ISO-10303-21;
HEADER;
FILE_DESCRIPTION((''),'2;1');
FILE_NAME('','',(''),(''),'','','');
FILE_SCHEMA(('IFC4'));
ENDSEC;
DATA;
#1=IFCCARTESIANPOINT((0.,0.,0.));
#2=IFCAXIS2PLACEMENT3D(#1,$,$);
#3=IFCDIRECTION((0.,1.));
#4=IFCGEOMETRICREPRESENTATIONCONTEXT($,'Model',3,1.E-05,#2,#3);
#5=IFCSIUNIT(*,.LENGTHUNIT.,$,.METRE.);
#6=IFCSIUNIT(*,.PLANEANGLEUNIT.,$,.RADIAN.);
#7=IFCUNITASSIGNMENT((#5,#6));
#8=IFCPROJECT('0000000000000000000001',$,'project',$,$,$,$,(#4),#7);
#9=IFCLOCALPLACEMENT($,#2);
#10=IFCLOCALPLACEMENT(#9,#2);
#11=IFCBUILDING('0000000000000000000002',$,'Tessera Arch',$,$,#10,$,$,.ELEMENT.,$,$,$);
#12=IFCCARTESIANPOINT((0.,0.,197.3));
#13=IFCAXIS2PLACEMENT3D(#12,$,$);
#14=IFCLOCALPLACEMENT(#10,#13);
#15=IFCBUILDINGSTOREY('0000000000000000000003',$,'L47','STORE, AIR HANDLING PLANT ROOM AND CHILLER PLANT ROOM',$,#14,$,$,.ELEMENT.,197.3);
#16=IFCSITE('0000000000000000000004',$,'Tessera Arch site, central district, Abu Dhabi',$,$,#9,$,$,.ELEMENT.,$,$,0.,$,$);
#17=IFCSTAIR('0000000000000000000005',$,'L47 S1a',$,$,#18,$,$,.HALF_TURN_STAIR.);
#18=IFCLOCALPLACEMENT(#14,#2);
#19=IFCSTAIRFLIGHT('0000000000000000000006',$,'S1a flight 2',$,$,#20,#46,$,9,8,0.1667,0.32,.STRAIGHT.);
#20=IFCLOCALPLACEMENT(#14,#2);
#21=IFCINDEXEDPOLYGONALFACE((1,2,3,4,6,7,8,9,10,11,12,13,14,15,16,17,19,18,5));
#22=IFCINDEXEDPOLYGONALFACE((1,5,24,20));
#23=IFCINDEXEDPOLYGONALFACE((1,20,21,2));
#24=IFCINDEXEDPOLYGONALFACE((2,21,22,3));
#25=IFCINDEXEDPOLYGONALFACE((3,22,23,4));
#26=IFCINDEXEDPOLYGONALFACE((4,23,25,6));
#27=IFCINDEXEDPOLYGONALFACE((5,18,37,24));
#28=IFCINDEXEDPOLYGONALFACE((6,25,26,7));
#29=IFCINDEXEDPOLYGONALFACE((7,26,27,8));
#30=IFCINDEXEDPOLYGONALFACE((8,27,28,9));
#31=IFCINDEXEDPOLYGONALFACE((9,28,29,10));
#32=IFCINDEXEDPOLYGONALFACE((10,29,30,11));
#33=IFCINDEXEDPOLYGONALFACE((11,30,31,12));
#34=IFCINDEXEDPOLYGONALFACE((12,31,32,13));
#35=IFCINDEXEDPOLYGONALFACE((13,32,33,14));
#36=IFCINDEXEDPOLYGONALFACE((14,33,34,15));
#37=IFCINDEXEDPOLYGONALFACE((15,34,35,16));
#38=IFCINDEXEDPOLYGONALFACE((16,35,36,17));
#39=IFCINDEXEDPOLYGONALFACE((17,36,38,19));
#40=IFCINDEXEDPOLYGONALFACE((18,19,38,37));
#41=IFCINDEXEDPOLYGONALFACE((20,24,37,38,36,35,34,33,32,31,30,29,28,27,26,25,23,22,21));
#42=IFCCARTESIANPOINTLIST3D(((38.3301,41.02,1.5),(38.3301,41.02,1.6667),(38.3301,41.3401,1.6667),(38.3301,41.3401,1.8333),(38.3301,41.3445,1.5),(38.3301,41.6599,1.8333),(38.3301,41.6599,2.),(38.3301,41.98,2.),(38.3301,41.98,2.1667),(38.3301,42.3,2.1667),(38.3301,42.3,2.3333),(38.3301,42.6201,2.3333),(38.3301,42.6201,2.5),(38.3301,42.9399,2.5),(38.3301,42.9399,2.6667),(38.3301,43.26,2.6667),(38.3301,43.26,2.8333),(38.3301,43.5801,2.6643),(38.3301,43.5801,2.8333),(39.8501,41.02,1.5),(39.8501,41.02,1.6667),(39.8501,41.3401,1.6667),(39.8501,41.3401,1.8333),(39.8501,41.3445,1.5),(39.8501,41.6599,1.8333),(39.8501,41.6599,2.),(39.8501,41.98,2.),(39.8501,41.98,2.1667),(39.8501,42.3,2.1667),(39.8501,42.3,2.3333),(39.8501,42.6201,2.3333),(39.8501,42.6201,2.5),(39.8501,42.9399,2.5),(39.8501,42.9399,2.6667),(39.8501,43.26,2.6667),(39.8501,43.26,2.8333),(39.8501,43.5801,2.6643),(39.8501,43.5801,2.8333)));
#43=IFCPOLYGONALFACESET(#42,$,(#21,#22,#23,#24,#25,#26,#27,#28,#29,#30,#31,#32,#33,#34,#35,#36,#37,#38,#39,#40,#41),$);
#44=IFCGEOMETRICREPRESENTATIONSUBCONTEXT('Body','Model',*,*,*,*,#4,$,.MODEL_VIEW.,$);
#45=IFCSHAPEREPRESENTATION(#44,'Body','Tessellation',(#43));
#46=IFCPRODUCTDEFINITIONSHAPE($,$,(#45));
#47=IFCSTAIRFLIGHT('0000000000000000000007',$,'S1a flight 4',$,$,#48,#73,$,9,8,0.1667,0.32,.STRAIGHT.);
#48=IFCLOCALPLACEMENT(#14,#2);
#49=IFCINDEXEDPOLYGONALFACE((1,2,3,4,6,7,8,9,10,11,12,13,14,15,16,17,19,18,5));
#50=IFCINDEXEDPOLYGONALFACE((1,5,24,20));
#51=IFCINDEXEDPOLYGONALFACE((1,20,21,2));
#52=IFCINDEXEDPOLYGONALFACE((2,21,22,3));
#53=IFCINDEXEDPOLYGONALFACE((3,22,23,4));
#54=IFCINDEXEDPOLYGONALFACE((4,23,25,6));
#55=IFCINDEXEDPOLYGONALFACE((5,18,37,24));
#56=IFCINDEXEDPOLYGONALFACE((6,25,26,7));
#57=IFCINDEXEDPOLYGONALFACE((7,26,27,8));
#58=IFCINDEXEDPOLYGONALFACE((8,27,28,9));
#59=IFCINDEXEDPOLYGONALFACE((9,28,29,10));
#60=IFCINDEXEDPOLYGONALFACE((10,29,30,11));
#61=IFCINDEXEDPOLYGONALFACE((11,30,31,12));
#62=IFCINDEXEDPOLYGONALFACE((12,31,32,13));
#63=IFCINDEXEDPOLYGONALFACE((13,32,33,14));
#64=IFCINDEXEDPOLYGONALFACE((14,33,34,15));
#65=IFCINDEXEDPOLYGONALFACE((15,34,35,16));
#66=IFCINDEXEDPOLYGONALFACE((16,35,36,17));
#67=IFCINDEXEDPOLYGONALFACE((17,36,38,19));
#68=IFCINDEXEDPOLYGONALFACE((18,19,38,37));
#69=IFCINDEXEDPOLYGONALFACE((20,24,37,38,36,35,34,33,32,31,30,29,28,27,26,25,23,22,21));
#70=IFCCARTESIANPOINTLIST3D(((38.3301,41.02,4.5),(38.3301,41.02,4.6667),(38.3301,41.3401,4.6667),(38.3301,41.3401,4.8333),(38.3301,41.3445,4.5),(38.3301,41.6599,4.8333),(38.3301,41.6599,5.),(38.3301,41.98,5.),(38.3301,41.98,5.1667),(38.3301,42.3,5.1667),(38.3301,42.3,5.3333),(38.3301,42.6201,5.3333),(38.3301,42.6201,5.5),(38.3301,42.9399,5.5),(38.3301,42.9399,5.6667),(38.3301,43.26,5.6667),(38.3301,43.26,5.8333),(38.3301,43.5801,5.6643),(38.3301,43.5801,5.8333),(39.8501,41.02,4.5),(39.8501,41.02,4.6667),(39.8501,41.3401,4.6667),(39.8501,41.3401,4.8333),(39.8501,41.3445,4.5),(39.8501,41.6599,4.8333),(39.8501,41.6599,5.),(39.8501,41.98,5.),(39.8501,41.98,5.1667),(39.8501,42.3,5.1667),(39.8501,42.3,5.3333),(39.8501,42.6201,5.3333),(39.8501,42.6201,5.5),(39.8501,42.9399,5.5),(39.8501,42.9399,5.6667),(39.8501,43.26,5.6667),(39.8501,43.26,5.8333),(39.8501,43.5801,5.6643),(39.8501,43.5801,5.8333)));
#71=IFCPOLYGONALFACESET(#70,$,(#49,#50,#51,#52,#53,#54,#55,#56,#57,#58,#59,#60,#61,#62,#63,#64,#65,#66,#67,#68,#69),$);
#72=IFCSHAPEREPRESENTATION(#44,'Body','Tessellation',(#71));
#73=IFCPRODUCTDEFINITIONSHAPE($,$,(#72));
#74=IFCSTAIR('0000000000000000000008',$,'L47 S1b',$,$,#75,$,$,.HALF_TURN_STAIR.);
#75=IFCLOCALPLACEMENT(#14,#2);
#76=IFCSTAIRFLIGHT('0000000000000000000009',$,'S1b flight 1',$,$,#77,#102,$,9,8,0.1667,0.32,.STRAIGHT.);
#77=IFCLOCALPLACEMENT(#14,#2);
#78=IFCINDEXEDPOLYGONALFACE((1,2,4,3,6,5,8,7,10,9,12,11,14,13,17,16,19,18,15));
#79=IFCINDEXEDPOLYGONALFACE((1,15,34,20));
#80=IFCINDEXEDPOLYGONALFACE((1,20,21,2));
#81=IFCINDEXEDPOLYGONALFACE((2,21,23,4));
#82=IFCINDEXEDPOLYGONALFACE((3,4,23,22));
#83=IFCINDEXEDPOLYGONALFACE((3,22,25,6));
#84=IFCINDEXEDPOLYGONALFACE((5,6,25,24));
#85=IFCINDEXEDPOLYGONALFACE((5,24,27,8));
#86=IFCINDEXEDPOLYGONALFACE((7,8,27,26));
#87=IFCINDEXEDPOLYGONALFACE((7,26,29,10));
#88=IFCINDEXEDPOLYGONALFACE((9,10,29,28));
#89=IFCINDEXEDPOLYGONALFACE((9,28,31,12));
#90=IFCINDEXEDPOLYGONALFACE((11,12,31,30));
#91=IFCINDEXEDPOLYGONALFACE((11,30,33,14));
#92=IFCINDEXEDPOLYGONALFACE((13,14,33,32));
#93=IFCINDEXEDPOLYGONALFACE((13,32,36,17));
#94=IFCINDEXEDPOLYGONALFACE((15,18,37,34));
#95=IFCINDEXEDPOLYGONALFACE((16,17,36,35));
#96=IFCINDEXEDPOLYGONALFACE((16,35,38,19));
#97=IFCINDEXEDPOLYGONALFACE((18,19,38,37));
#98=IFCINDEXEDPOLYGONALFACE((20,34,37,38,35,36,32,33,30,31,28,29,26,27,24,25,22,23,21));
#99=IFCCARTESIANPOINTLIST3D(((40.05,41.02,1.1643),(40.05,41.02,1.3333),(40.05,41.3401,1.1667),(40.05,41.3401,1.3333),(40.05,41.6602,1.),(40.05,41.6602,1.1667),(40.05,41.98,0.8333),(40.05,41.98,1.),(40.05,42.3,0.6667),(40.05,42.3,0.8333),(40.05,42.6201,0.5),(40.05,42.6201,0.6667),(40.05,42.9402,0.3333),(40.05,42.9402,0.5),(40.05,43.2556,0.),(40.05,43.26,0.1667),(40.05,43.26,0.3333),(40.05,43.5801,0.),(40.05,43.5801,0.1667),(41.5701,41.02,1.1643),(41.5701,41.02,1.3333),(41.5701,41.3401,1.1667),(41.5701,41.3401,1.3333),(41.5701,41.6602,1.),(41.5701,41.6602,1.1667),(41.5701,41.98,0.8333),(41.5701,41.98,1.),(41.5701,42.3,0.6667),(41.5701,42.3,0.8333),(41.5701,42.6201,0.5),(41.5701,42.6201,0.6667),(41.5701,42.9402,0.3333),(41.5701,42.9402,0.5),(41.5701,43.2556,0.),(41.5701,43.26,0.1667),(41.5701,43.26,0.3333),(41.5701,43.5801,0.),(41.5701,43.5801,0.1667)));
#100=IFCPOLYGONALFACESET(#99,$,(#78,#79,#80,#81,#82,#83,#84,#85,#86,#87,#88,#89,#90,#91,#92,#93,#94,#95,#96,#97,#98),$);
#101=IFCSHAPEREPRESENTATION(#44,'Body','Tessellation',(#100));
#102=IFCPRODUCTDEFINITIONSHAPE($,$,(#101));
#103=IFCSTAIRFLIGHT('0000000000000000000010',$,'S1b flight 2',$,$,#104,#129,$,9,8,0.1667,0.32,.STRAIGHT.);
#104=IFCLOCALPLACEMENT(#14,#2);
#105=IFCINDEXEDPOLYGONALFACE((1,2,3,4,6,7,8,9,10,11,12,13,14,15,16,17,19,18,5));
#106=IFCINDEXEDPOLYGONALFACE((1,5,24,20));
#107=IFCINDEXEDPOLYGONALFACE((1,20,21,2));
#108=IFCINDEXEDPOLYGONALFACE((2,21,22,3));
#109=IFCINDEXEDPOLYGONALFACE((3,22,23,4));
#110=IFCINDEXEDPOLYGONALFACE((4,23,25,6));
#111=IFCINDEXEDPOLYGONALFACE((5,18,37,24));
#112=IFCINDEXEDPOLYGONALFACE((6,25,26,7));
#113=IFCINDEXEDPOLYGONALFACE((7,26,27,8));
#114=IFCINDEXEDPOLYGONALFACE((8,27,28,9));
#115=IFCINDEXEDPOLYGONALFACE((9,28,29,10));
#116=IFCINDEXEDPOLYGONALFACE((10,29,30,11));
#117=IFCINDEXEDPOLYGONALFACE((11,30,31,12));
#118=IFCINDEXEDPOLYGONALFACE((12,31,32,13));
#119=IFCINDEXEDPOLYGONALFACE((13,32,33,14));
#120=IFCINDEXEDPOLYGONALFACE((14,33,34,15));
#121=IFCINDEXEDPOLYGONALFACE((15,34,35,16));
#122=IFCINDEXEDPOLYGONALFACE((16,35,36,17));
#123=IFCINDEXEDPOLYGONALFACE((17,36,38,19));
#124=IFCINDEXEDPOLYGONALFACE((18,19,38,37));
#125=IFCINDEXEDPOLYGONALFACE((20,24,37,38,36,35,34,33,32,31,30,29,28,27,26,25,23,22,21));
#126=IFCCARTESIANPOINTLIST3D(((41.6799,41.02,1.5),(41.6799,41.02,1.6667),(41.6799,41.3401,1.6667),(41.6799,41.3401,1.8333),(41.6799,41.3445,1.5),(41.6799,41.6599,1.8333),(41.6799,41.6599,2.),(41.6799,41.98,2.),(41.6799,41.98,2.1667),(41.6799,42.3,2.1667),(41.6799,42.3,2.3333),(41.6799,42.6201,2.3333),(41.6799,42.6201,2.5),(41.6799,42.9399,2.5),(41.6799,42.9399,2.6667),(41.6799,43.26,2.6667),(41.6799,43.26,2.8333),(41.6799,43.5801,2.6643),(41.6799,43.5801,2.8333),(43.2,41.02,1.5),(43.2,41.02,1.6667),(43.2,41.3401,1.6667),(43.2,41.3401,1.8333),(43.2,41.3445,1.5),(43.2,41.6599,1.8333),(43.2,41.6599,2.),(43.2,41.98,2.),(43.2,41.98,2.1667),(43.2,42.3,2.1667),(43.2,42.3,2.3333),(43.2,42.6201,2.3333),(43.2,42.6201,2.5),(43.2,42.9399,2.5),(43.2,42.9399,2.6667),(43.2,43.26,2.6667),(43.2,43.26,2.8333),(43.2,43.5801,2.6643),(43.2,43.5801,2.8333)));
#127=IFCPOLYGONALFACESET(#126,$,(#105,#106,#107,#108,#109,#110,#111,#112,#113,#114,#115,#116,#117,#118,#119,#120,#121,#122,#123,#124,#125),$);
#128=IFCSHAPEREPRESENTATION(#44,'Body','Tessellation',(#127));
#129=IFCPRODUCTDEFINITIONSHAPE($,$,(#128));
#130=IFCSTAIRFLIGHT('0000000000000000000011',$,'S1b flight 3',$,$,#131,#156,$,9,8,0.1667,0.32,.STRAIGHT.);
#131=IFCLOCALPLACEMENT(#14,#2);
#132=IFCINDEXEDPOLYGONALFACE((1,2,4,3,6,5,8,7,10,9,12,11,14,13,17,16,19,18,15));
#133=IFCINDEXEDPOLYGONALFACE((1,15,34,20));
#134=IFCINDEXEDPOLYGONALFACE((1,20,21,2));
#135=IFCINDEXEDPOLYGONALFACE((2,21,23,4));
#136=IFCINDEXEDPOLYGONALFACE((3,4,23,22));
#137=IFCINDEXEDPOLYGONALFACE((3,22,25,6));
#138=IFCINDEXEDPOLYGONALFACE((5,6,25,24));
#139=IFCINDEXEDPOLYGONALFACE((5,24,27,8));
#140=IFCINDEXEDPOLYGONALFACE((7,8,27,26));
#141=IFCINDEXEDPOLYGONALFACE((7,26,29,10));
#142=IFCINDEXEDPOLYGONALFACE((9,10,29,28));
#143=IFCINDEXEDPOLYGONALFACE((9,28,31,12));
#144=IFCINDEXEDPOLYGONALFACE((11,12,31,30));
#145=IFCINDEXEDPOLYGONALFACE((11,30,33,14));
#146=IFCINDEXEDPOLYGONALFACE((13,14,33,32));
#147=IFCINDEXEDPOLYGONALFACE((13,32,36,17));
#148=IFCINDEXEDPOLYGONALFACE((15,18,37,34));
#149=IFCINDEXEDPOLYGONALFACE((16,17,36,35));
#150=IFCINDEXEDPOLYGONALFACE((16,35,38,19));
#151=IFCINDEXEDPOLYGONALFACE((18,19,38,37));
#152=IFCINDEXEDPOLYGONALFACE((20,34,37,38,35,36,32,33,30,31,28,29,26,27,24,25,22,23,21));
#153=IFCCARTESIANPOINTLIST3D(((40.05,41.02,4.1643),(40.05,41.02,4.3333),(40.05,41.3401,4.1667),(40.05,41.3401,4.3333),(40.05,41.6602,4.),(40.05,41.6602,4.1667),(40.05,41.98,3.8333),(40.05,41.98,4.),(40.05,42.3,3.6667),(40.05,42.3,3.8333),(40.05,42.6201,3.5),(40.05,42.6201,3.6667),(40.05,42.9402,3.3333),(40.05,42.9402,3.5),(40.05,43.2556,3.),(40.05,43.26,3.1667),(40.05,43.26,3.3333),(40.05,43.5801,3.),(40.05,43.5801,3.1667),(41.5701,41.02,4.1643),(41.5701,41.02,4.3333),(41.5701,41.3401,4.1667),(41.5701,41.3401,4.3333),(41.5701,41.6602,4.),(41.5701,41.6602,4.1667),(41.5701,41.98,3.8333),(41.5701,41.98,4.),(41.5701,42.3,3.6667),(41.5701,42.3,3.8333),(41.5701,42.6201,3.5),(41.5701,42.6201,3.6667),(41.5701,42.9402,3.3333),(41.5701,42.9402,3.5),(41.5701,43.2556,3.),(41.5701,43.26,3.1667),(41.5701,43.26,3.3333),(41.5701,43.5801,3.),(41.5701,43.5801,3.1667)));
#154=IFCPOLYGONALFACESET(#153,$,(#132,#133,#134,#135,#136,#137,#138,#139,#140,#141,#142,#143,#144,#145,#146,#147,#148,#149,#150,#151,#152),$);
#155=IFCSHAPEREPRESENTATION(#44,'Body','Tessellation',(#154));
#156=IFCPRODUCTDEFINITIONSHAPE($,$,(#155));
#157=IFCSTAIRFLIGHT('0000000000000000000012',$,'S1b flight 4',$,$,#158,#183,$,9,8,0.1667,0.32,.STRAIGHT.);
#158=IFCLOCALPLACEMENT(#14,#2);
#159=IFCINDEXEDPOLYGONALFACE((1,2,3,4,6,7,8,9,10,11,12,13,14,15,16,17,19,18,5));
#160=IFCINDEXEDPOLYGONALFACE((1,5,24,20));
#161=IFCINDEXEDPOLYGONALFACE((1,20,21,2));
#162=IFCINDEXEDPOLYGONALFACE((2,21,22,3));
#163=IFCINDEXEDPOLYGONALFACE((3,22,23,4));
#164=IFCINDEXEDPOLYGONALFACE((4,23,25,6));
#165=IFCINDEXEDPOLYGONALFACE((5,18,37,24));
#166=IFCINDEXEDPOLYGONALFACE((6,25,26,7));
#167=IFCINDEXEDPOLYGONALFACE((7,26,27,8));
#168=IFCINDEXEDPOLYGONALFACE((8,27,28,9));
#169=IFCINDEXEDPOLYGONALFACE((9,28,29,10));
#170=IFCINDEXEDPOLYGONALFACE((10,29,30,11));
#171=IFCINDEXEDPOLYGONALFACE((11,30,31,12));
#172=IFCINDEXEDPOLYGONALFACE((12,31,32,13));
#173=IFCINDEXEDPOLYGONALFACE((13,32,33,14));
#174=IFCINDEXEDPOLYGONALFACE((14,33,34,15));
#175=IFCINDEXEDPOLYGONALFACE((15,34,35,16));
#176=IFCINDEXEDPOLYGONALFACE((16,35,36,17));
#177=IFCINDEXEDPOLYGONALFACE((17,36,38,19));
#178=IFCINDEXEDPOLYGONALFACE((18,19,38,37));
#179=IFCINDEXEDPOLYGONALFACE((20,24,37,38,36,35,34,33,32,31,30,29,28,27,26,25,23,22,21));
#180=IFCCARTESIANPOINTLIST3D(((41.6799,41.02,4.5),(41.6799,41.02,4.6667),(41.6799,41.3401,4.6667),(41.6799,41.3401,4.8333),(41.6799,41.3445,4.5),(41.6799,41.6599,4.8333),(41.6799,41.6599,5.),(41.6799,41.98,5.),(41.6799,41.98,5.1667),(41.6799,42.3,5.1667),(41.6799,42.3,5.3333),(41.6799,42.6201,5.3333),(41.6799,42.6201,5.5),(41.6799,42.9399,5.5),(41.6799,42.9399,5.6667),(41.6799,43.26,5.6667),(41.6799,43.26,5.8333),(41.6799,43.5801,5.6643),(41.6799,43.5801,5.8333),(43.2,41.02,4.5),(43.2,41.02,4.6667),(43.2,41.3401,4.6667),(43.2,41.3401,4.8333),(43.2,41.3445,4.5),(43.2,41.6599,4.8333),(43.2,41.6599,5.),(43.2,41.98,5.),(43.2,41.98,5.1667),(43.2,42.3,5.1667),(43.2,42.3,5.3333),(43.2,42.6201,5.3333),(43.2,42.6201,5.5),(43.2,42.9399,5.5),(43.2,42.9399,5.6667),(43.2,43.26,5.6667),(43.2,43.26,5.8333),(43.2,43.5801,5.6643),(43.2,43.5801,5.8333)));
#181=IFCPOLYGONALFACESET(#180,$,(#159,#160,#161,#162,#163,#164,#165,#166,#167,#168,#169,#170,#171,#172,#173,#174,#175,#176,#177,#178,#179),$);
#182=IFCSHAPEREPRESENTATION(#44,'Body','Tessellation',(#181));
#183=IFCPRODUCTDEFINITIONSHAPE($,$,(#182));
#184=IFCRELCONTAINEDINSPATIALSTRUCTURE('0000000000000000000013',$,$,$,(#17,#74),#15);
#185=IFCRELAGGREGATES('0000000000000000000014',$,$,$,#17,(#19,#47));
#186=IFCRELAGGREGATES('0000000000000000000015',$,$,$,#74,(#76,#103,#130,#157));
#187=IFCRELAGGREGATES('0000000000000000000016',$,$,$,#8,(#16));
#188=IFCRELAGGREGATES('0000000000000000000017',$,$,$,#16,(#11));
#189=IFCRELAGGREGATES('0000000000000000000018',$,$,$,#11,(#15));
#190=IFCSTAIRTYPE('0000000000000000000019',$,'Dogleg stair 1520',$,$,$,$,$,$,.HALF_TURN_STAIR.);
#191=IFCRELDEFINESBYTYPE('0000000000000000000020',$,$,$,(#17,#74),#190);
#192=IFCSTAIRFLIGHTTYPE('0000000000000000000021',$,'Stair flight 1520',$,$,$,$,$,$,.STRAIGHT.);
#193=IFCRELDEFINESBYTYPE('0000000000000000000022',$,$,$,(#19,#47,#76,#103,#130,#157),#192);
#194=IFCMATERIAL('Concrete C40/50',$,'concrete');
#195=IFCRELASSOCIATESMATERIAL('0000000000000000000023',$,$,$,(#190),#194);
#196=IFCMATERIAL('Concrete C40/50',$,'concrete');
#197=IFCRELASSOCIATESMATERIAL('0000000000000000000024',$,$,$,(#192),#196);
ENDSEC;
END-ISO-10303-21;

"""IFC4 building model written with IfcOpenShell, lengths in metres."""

from ifc_helpers import new_model, si_unit, direction, frame, origin, place, context, subcontext, project, spatial, polyline, outline, extrude, material, type_object, element, aggregate, save


model = new_model("IFC4")

# Units and contexts
model_context = context("Model", 3, precision=1e-05, world=origin(), true_north=direction((0.0, 1.0)))
body_context = subcontext(model_context, "Body", "Model", "MODEL_VIEW")
ifc_project = project(units=[si_unit("LENGTHUNIT", "METRE"), si_unit("PLANEANGLEUNIT", "RADIAN")], contexts=[model_context])

# Site, building, storey
site_placement = place(None, origin())
site = spatial("IfcSite", under=ifc_project, at=site_placement, Name="Tessera Arch site, central district, Abu Dhabi", CompositionType="ELEMENT", RefElevation=0.0)
building_placement = place(site_placement, origin())
building = spatial("IfcBuilding", under=site, at=building_placement, Name="Tessera Arch", CompositionType="ELEMENT")
storey_placement = place(building_placement, frame((0.0, 0.0, 197.3)))
storey = spatial("IfcBuildingStorey", under=building, at=storey_placement, Name="L47", Description="STORE, AIR HANDLING PLANT ROOM AND CHILLER PLANT ROOM", CompositionType="ELEMENT", Elevation=197.3)

# Stairs, stair flights
ifc_material_1 = material(Name="Concrete C40/50", Category="concrete")
stair_type = type_object("IfcStairType", Name="Dogleg stair 1520", PredefinedType="HALF_TURN_STAIR", material=ifc_material_1)
stair_1_placement = place(storey_placement, origin())
stair_1 = element("IfcStair", 1, at=stair_1_placement, inside=storey, type_object=stair_type, Name="L47 S1a", PredefinedType="HALF_TURN_STAIR")
ifc_material_2 = material(Name="Concrete C40/50", Category="concrete")
stair_flight_type = type_object("IfcStairFlightType", Name="Stair flight 1520", PredefinedType="STRAIGHT", material=ifc_material_2)
stair_flight_1_placement = place(storey_placement, frame((39.0901, 41.02, 1.5), z_axis=(0.0, 0.0, 1.0), x_axis=(0.0, 1.0, 0.0)))
stair_flight_1 = element("IfcStairFlight", 2, at=stair_flight_1_placement, type_object=stair_flight_type, Name="S1a flight 2", NumberOfRisers=9, NumberOfTreads=8, PredefinedType="STRAIGHT", RiserHeight=0.1667, TreadLength=0.32, context=body_context, shape_type="SweptSolid", body=[
    extrude(outline(polyline([(0.0, 0.0), (0.0, 0.1667), (0.3201, 0.1667), (0.3201, 0.3333), (0.6399, 0.3333), (0.6399, 0.5), (0.96, 0.5), (0.96, 0.6667), (1.28, 0.6667), (1.28, 0.8333), (1.6001, 0.8333), (1.6001, 1.0), (1.9199, 1.0), (1.9199, 1.1667), (2.24, 1.1667), (2.24, 1.3333), (2.5601, 1.3333), (2.5601, 1.5), (2.5601, 1.1643), (0.3245, 0.0), (0.0, 0.0)])), frame((0.0, 0.76, 0.0), z_axis=(0.0, -1.0, 0.0), x_axis=(1.0, 0.0, 0.0)), (0.0, 0.0, 1.0), 1.52),
])
stair_flight_2_placement = place(storey_placement, frame((39.0901, 41.02, 4.5), z_axis=(0.0, 0.0, 1.0), x_axis=(0.0, 1.0, 0.0)))
stair_flight_2 = element("IfcStairFlight", 3, at=stair_flight_2_placement, type_object=stair_flight_type, Name="S1a flight 4", NumberOfRisers=9, NumberOfTreads=8, PredefinedType="STRAIGHT", RiserHeight=0.1667, TreadLength=0.32, context=body_context, shape_type="SweptSolid", body=[
    extrude(outline(polyline([(0.0, 0.0), (0.0, 0.1667), (0.3201, 0.1667), (0.3201, 0.3333), (0.6399, 0.3333), (0.6399, 0.5), (0.96, 0.5), (0.96, 0.6667), (1.28, 0.6667), (1.28, 0.8333), (1.6001, 0.8333), (1.6001, 1.0), (1.9199, 1.0), (1.9199, 1.1667), (2.24, 1.1667), (2.24, 1.3333), (2.5601, 1.3333), (2.5601, 1.5), (2.5601, 1.1643), (0.3245, 0.0), (0.0, 0.0)])), frame((0.0, 0.76, 0.0), z_axis=(0.0, -1.0, 0.0), x_axis=(1.0, 0.0, 0.0)), (0.0, 0.0, 1.0), 1.52),
])
aggregate(stair_1, [stair_flight_1, stair_flight_2])
stair_2_placement = place(storey_placement, origin())
stair_2 = element("IfcStair", 4, at=stair_2_placement, inside=storey, type_object=stair_type, Name="L47 S1b", PredefinedType="HALF_TURN_STAIR")
stair_flight_3_placement = place(storey_placement, frame((40.8101, 43.5801, 0.0), z_axis=(0.0, 0.0, 1.0), x_axis=(0.0, -1.0, 0.0)))
stair_flight_3 = element("IfcStairFlight", 5, at=stair_flight_3_placement, type_object=stair_flight_type, Name="S1b flight 1", NumberOfRisers=9, NumberOfTreads=8, PredefinedType="STRAIGHT", RiserHeight=0.1667, TreadLength=0.32, context=body_context, shape_type="SweptSolid", body=[
    extrude(outline(polyline([(0.0, 0.0), (0.0, 0.1667), (0.3201, 0.1667), (0.3201, 0.3333), (0.6399, 0.3333), (0.6399, 0.5), (0.96, 0.5), (0.96, 0.6667), (1.28, 0.6667), (1.28, 0.8333), (1.6001, 0.8333), (1.6001, 1.0), (1.9199, 1.0), (1.9199, 1.1667), (2.24, 1.1667), (2.24, 1.3333), (2.5601, 1.3333), (2.5601, 1.5), (2.5601, 1.1643), (0.3245, 0.0), (0.0, 0.0)])), frame((0.0, 0.76, 0.0), z_axis=(0.0, -1.0, 0.0), x_axis=(1.0, 0.0, 0.0)), (0.0, 0.0, 1.0), 1.52),
])
stair_flight_4_placement = place(storey_placement, frame((42.4399, 41.02, 1.5), z_axis=(0.0, 0.0, 1.0), x_axis=(0.0, 1.0, 0.0)))
stair_flight_4 = element("IfcStairFlight", 6, at=stair_flight_4_placement, type_object=stair_flight_type, Name="S1b flight 2", NumberOfRisers=9, NumberOfTreads=8, PredefinedType="STRAIGHT", RiserHeight=0.1667, TreadLength=0.32, context=body_context, shape_type="SweptSolid", body=[
    extrude(outline(polyline([(0.0, 0.0), (0.0, 0.1667), (0.3201, 0.1667), (0.3201, 0.3333), (0.6399, 0.3333), (0.6399, 0.5), (0.96, 0.5), (0.96, 0.6667), (1.28, 0.6667), (1.28, 0.8333), (1.6001, 0.8333), (1.6001, 1.0), (1.9199, 1.0), (1.9199, 1.1667), (2.24, 1.1667), (2.24, 1.3333), (2.5601, 1.3333), (2.5601, 1.5), (2.5601, 1.1643), (0.3245, 0.0), (0.0, 0.0)])), frame((0.0, 0.76, 0.0), z_axis=(0.0, -1.0, 0.0), x_axis=(1.0, 0.0, 0.0)), (0.0, 0.0, 1.0), 1.52),
])
stair_flight_5_placement = place(storey_placement, frame((40.8101, 43.5801, 3.0), z_axis=(0.0, 0.0, 1.0), x_axis=(0.0, -1.0, 0.0)))
stair_flight_5 = element("IfcStairFlight", 7, at=stair_flight_5_placement, type_object=stair_flight_type, Name="S1b flight 3", NumberOfRisers=9, NumberOfTreads=8, PredefinedType="STRAIGHT", RiserHeight=0.1667, TreadLength=0.32, context=body_context, shape_type="SweptSolid", body=[
    extrude(outline(polyline([(0.0, 0.0), (0.0, 0.1667), (0.3201, 0.1667), (0.3201, 0.3333), (0.6399, 0.3333), (0.6399, 0.5), (0.96, 0.5), (0.96, 0.6667), (1.28, 0.6667), (1.28, 0.8333), (1.6001, 0.8333), (1.6001, 1.0), (1.9199, 1.0), (1.9199, 1.1667), (2.24, 1.1667), (2.24, 1.3333), (2.5601, 1.3333), (2.5601, 1.5), (2.5601, 1.1643), (0.3245, 0.0), (0.0, 0.0)])), frame((0.0, 0.76, 0.0), z_axis=(0.0, -1.0, 0.0), x_axis=(1.0, 0.0, 0.0)), (0.0, 0.0, 1.0), 1.52),
])
stair_flight_6_placement = place(storey_placement, frame((42.4399, 41.02, 4.5), z_axis=(0.0, 0.0, 1.0), x_axis=(0.0, 1.0, 0.0)))
stair_flight_6 = element("IfcStairFlight", 8, at=stair_flight_6_placement, type_object=stair_flight_type, Name="S1b flight 4", NumberOfRisers=9, NumberOfTreads=8, PredefinedType="STRAIGHT", RiserHeight=0.1667, TreadLength=0.32, context=body_context, shape_type="SweptSolid", body=[
    extrude(outline(polyline([(0.0, 0.0), (0.0, 0.1667), (0.3201, 0.1667), (0.3201, 0.3333), (0.6399, 0.3333), (0.6399, 0.5), (0.96, 0.5), (0.96, 0.6667), (1.28, 0.6667), (1.28, 0.8333), (1.6001, 0.8333), (1.6001, 1.0), (1.9199, 1.0), (1.9199, 1.1667), (2.24, 1.1667), (2.24, 1.3333), (2.5601, 1.3333), (2.5601, 1.5), (2.5601, 1.1643), (0.3245, 0.0), (0.0, 0.0)])), frame((0.0, 0.76, 0.0), z_axis=(0.0, -1.0, 0.0), x_axis=(1.0, 0.0, 0.0)), (0.0, 0.0, 1.0), 1.52),
])
aggregate(stair_2, [stair_flight_3, stair_flight_4, stair_flight_5, stair_flight_6])

save(model, "model.ifc")
